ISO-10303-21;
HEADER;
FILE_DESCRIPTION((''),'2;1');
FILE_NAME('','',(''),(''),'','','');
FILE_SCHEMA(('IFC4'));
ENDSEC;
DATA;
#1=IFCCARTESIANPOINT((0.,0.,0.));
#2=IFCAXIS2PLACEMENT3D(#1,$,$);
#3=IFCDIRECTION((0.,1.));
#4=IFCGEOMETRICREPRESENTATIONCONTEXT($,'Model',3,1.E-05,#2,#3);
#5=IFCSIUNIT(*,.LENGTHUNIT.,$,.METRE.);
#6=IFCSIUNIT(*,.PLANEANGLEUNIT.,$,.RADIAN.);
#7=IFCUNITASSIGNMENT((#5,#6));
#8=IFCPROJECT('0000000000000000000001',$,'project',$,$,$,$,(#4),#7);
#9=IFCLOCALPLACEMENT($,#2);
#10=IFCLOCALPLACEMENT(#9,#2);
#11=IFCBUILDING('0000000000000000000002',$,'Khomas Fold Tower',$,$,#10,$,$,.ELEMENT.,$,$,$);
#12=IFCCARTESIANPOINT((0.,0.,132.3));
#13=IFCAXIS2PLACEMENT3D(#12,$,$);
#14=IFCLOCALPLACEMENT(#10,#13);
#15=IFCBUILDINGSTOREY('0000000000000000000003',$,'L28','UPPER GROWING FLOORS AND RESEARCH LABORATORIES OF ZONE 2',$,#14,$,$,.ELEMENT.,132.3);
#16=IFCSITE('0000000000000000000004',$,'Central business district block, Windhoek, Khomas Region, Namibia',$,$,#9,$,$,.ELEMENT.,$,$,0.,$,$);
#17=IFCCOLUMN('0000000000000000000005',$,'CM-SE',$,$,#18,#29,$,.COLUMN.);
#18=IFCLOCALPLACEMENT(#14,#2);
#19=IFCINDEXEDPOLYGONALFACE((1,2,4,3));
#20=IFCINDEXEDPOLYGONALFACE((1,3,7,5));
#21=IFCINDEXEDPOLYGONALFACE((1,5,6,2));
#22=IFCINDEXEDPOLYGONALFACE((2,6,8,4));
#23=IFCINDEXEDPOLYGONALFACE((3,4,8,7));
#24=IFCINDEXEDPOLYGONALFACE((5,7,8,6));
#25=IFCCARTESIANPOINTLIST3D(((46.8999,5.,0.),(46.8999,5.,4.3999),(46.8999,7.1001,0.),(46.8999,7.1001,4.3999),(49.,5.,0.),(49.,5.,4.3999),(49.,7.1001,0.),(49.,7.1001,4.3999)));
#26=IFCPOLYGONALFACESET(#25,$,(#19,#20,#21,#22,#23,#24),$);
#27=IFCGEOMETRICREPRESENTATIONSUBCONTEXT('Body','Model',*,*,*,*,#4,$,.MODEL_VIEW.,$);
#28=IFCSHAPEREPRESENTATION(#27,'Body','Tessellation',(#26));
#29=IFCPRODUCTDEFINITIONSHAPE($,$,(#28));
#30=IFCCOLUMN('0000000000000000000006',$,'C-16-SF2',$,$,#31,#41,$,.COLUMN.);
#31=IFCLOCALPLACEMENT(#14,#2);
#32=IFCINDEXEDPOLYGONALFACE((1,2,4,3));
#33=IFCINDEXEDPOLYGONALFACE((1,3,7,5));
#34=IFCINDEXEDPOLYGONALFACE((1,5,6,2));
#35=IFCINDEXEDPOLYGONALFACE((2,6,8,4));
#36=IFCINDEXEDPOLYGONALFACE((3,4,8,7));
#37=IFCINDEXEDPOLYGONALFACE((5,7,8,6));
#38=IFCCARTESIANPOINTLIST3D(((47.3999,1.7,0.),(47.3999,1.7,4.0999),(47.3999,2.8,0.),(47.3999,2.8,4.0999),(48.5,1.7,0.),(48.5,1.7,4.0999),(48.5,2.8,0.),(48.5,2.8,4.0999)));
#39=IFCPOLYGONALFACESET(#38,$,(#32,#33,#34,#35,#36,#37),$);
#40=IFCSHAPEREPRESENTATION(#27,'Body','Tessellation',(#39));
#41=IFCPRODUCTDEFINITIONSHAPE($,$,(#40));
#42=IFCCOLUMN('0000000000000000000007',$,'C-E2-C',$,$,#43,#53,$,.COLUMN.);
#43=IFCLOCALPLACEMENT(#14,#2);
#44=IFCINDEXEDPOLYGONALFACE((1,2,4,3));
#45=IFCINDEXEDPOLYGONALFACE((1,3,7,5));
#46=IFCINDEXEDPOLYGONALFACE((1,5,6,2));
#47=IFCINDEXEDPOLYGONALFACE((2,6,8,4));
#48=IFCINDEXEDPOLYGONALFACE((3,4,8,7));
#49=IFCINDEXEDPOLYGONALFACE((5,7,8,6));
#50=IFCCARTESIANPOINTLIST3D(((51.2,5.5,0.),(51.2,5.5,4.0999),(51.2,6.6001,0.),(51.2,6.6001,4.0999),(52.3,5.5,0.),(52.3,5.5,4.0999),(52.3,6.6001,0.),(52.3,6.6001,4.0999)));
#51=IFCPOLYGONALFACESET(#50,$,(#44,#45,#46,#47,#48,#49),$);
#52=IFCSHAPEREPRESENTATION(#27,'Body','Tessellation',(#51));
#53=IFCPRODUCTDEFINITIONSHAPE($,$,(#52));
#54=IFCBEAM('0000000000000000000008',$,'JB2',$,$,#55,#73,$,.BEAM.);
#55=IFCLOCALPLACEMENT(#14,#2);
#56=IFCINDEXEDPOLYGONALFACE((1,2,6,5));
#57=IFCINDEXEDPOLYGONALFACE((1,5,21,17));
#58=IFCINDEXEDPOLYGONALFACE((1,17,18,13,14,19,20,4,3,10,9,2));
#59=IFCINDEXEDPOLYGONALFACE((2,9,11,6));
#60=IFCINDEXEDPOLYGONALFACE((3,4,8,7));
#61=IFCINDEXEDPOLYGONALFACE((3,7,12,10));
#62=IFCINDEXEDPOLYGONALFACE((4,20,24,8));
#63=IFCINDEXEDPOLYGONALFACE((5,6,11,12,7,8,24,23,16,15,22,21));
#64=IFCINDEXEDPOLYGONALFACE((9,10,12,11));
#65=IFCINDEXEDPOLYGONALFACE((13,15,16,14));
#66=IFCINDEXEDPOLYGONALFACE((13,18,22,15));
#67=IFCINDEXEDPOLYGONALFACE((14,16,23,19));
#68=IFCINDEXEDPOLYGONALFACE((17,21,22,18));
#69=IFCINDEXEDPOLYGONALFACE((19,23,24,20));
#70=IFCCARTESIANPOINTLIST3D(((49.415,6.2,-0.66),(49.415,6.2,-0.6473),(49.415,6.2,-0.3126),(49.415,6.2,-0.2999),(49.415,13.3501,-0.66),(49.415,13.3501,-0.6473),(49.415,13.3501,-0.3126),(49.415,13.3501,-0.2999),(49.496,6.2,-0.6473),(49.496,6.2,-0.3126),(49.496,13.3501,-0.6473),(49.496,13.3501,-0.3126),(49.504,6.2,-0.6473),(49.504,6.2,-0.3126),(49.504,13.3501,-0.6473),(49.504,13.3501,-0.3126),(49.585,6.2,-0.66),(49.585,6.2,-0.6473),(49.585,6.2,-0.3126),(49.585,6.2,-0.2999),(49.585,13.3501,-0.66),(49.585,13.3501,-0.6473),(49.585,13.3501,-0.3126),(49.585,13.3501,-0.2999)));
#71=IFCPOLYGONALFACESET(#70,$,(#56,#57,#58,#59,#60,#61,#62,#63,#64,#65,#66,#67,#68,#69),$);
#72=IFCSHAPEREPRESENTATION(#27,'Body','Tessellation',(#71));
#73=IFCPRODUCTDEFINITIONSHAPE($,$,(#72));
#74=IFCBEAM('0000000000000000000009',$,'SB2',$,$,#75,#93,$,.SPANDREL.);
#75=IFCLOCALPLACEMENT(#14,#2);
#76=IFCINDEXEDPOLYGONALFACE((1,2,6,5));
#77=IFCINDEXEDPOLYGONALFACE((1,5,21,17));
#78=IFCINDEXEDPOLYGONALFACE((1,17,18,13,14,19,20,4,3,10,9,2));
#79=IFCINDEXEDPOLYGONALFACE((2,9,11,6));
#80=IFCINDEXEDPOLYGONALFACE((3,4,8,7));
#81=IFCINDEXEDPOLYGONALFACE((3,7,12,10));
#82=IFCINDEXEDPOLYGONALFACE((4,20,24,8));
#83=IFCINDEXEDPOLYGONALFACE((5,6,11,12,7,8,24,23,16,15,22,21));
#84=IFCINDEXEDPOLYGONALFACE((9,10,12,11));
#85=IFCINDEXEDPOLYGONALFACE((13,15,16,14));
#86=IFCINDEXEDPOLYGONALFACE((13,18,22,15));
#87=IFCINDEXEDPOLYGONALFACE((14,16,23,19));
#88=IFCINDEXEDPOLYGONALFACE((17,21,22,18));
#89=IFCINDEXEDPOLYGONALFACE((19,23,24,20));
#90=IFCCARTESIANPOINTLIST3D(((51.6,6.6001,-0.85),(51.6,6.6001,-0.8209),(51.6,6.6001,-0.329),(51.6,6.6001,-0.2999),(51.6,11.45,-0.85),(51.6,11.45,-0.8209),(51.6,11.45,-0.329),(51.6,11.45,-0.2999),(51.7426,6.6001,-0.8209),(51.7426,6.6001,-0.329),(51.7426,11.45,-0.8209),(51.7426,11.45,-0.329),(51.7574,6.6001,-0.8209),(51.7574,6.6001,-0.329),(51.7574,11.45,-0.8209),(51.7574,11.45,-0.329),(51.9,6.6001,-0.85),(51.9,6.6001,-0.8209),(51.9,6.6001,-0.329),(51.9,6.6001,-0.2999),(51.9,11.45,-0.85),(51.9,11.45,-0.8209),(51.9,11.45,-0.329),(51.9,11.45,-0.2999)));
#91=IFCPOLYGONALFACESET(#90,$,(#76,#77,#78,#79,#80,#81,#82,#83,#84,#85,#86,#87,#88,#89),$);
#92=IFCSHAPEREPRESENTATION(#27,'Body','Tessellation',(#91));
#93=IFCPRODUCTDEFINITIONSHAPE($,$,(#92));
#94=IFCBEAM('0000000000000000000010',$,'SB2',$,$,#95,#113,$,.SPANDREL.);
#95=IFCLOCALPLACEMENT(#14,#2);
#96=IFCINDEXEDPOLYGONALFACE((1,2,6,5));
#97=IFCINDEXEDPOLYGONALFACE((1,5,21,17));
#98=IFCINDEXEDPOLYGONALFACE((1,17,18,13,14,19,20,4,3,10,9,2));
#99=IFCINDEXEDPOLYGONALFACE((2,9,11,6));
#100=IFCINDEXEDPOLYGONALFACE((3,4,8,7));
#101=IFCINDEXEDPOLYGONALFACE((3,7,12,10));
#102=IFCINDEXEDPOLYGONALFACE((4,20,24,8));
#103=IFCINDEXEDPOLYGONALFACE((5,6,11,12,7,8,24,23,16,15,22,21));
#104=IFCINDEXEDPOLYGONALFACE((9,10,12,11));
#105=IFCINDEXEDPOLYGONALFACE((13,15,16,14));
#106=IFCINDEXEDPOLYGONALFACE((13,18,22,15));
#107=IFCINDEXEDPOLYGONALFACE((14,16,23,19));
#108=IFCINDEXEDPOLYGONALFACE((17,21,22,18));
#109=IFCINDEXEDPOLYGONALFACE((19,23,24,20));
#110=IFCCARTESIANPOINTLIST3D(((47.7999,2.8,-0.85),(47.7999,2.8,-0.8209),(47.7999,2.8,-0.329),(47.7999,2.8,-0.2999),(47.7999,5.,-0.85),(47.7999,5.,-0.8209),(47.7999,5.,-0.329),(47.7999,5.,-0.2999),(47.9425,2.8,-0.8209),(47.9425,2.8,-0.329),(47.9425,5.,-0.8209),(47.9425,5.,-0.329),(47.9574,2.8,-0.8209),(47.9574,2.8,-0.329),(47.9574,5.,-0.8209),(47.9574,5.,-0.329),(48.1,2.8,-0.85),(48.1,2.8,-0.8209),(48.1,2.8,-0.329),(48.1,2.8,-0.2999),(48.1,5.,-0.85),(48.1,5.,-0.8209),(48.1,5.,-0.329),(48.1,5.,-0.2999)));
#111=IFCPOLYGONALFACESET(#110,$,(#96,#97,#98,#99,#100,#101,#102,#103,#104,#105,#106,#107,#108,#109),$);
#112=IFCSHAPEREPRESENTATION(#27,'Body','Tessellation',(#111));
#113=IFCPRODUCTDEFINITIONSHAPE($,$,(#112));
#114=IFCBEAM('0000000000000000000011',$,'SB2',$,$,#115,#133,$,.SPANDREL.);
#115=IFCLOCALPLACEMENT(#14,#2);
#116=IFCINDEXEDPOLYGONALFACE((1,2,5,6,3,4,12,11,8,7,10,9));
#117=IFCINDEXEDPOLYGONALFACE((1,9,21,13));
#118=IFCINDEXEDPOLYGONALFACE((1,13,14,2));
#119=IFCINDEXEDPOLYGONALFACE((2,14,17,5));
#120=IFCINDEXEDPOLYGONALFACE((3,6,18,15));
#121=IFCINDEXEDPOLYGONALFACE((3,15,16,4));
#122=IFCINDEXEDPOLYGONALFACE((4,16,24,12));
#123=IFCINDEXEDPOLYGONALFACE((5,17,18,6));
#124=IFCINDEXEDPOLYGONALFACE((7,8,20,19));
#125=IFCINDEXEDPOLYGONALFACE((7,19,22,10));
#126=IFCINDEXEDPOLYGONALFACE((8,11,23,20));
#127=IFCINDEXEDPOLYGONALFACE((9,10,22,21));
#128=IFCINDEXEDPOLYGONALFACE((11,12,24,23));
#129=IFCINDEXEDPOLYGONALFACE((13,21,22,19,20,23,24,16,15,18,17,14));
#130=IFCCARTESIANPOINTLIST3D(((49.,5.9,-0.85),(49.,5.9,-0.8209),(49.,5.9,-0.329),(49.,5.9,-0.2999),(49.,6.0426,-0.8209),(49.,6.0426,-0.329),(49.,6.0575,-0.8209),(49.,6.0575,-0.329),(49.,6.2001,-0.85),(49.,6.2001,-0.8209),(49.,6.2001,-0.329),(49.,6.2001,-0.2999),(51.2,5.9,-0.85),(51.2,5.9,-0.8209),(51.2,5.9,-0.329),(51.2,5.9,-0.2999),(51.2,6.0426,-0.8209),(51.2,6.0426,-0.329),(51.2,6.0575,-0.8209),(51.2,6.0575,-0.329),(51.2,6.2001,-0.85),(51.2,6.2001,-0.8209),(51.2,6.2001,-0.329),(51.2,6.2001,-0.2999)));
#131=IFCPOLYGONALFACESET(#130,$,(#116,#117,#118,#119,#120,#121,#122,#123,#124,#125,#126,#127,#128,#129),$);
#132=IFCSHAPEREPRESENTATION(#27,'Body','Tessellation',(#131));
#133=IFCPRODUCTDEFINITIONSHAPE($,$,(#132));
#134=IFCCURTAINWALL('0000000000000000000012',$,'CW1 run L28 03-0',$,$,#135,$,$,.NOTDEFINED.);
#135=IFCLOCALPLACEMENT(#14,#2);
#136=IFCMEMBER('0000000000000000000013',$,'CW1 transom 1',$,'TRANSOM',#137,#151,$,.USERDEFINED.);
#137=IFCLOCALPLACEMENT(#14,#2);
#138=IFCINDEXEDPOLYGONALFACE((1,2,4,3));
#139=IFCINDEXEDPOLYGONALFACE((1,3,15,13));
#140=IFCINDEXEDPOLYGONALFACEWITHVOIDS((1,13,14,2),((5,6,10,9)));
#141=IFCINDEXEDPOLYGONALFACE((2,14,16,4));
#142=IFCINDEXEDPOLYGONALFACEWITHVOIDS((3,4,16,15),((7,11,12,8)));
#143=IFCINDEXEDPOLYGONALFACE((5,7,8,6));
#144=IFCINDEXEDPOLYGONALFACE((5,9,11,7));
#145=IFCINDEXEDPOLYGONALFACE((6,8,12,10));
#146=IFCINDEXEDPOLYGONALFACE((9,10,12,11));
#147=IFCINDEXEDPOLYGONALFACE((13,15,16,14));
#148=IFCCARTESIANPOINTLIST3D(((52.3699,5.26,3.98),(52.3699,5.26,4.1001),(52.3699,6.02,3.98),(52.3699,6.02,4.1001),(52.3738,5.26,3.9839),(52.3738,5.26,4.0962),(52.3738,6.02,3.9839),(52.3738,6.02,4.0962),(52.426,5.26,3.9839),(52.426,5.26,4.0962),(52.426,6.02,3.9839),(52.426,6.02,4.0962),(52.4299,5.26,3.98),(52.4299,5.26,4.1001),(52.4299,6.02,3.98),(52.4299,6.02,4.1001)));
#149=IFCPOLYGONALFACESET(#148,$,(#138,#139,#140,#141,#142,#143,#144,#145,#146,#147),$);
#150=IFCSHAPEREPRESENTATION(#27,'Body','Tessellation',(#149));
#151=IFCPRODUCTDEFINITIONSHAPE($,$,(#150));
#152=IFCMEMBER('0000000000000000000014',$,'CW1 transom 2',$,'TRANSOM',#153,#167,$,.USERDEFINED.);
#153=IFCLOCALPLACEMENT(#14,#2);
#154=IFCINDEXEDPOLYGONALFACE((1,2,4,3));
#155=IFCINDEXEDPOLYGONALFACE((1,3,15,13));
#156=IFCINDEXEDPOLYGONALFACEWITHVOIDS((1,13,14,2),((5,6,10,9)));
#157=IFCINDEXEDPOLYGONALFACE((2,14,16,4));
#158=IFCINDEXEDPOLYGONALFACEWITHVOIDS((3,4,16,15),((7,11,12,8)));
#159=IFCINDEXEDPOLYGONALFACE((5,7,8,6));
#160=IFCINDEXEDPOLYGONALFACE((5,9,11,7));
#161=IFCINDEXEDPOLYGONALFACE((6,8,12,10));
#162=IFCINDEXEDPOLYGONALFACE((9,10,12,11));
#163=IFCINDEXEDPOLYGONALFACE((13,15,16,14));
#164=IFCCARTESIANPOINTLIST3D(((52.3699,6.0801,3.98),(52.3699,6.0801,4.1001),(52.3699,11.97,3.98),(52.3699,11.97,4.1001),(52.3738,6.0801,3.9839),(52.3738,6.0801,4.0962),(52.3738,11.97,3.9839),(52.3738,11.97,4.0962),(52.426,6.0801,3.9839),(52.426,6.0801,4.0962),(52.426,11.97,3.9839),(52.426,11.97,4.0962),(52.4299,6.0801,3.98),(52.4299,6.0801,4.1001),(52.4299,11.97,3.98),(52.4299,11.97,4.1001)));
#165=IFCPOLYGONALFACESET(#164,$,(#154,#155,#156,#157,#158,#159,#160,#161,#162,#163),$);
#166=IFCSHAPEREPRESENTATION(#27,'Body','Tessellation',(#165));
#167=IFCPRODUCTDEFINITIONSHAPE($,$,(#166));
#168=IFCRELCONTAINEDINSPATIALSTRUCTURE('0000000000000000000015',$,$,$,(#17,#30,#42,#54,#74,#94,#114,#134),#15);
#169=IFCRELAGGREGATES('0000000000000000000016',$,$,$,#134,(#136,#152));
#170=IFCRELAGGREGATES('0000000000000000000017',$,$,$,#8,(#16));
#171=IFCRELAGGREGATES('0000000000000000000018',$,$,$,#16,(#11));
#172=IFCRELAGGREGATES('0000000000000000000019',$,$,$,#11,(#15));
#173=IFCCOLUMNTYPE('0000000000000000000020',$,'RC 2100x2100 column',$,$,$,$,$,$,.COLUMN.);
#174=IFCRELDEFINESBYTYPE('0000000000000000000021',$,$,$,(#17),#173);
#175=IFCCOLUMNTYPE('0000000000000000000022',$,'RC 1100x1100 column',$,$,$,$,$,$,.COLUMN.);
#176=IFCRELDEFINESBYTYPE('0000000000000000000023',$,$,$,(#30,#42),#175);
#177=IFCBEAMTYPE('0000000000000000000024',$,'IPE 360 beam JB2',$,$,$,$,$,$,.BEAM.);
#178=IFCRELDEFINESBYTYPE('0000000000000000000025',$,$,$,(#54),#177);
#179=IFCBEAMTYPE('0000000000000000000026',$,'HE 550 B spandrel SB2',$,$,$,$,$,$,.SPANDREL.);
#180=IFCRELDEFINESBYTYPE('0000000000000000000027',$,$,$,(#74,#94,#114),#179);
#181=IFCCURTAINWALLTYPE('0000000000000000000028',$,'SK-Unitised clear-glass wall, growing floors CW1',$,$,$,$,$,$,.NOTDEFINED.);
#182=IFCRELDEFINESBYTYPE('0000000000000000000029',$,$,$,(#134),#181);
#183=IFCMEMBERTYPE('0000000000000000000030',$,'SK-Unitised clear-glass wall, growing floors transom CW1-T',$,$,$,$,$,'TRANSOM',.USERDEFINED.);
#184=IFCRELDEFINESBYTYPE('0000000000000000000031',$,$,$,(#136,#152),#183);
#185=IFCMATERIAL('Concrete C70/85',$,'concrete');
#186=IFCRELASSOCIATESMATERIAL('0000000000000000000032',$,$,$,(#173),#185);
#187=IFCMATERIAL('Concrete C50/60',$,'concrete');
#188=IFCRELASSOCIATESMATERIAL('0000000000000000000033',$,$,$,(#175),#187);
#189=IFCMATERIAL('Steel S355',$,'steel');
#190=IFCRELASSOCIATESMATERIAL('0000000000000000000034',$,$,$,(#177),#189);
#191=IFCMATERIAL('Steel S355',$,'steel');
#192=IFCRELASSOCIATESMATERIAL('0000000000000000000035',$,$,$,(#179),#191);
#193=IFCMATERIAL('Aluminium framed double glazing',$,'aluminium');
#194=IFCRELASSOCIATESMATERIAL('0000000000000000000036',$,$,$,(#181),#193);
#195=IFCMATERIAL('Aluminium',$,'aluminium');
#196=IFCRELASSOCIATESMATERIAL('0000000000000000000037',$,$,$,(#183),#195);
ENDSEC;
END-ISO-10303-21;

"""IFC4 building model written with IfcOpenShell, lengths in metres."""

from ifc_helpers import new_model, si_unit, direction, frame, origin, origin_2d, place, context, subcontext, project, spatial, rectangle, hollow_rectangle, i_section, extrude, source, transform, mapped, material, material_profile, profile_set, type_object, element, aggregate, save


model = new_model("IFC4")

# Units and contexts
model_context = context("Model", 3, precision=1e-05, world=origin(), true_north=direction((0.0, 1.0)))
body_context = subcontext(model_context, "Body", "Model", "MODEL_VIEW")
ifc_project = project(units=[si_unit("LENGTHUNIT", "METRE"), si_unit("PLANEANGLEUNIT", "RADIAN")], contexts=[model_context])

# Site, building, storey
site_placement = place(None, origin())
site = spatial("IfcSite", under=ifc_project, at=site_placement, Name="Central business district block, Windhoek, Khomas Region, Namibia", CompositionType="ELEMENT", RefElevation=0.0)
building_placement = place(site_placement, origin())
building = spatial("IfcBuilding", under=site, at=building_placement, Name="Khomas Fold Tower", CompositionType="ELEMENT")
storey_placement = place(building_placement, frame((0.0, 0.0, 132.3)))
storey = spatial("IfcBuildingStorey", under=building, at=storey_placement, Name="L28", Description="UPPER GROWING FLOORS AND RESEARCH LABORATORIES OF ZONE 2", CompositionType="ELEMENT", Elevation=132.3)

# Columns
ifc_material_1 = material(Name="Concrete C70/85", Category="concrete")
ifc_material_profile_1 = material_profile(ifc_material_1, rectangle(XDim=2.1001, YDim=2.1001, at=origin_2d()), Name="RC 2100x2100")
ifc_profile_set_1 = profile_set([ifc_material_profile_1], Name="Concrete C70/85")
column_type_1 = type_object("IfcColumnType", Name="RC 2100x2100 column", PredefinedType="COLUMN", material=ifc_profile_set_1)
shared_shape_1 = source(origin(), body_context, "Body", "SweptSolid", [
    extrude(rectangle(XDim=2.1001, YDim=2.1001, at=origin_2d()), origin(), (0.0, 0.0, 1.0), 4.3999),
])
column_placement = place(storey_placement, frame((47.95, 6.05, 0.0), z_axis=(0.0, 0.0, 1.0), x_axis=(1.0, 0.0, 0.0)))
element("IfcColumn", 1, at=column_placement, inside=storey, type_object=column_type_1, Name="CM-SE", PredefinedType="COLUMN", context=body_context, shape_type="MappedRepresentation", body=[
    mapped(shared_shape_1, transform((0.0, 0.0, 0.0))),
])
ifc_material_2 = material(Name="Concrete C50/60", Category="concrete")
ifc_material_profile_2 = material_profile(ifc_material_2, rectangle(XDim=1.1001, YDim=1.1001, at=origin_2d()), Name="RC 1100x1100")
ifc_profile_set_2 = profile_set([ifc_material_profile_2], Name="Concrete C50/60")
column_type_2 = type_object("IfcColumnType", Name="RC 1100x1100 column", PredefinedType="COLUMN", material=ifc_profile_set_2)
shared_shape_2 = source(origin(), body_context, "Body", "SweptSolid", [
    extrude(rectangle(XDim=1.1001, YDim=1.1001, at=origin_2d()), origin(), (0.0, 0.0, 1.0), 4.0999),
])
for number, where, z_axis, x_axis, name in (
    (2, (47.95, 2.25, 0.0), (0.0, 0.0, 1.0), (1.0, 0.0, 0.0), "C-16-SF2"),
    (3, (51.75, 6.05, 0.0), (0.0, 0.0, 1.0), (1.0, 0.0, 0.0), "C-E2-C"),
):
    element("IfcColumn", number, at=place(storey_placement, frame(where, z_axis=z_axis, x_axis=x_axis)), inside=storey, type_object=column_type_2, Name=name, PredefinedType="COLUMN", context=body_context, shape_type="MappedRepresentation", body=[
        mapped(shared_shape_2, transform((0.0, 0.0, 0.0))),
    ])

# Beams
ifc_material_3 = material(Name="Steel S355", Category="steel")
ifc_material_profile_3 = material_profile(ifc_material_3, i_section(OverallWidth=0.1699, OverallDepth=0.3601, WebThickness=0.0081, FlangeThickness=0.0127, at=origin_2d()), Name="IPE 360")
ifc_profile_set_3 = profile_set([ifc_material_profile_3], Name="Steel S355")
beam_type_1 = type_object("IfcBeamType", Name="IPE 360 beam JB2", PredefinedType="BEAM", material=ifc_profile_set_3)
shared_shape_3 = source(origin(), body_context, "Body", "SweptSolid", [
    extrude(i_section(OverallWidth=0.1699, OverallDepth=0.3601, WebThickness=0.0081, FlangeThickness=0.0127, at=origin_2d()), origin(), (0.0, 0.0, 1.0), 7.1501),
])
beam_1_placement = place(storey_placement, frame((49.5, 6.2, -0.48), z_axis=(0.0, 1.0, 0.0), x_axis=(-1.0, 0.0, 0.0)))
element("IfcBeam", 4, at=beam_1_placement, inside=storey, type_object=beam_type_1, Name="JB2", PredefinedType="BEAM", context=body_context, shape_type="MappedRepresentation", body=[
    mapped(shared_shape_3, transform((0.0, 0.0, 0.0))),
])
ifc_material_4 = material(Name="Steel S355", Category="steel")
ifc_material_profile_4 = material_profile(ifc_material_4, i_section(OverallWidth=0.3, OverallDepth=0.55, WebThickness=0.0149, FlangeThickness=0.0291, at=origin_2d()), Name="HE 550 B")
ifc_profile_set_4 = profile_set([ifc_material_profile_4], Name="Steel S355")
beam_type_2 = type_object("IfcBeamType", Name="HE 550 B spandrel SB2", PredefinedType="SPANDREL", material=ifc_profile_set_4)
shared_shape_4 = source(origin(), body_context, "Body", "SweptSolid", [
    extrude(i_section(OverallWidth=0.3, OverallDepth=0.55, WebThickness=0.0149, FlangeThickness=0.0291, at=origin_2d()), origin(), (0.0, 0.0, 1.0), 4.8499),
])
beam_2_placement = place(storey_placement, frame((51.75, 6.6001, -0.575), z_axis=(0.0, 1.0, 0.0), x_axis=(-1.0, 0.0, 0.0)))
element("IfcBeam", 5, at=beam_2_placement, inside=storey, type_object=beam_type_2, Name="SB2", PredefinedType="SPANDREL", context=body_context, shape_type="MappedRepresentation", body=[
    mapped(shared_shape_4, transform((0.0, 0.0, 0.0))),
])
shared_shape_5 = source(origin(), body_context, "Body", "SweptSolid", [
    extrude(i_section(OverallWidth=0.3, OverallDepth=0.55, WebThickness=0.0149, FlangeThickness=0.0291, at=origin_2d()), origin(), (0.0, 0.0, 1.0), 2.2),
])
for number, where, z_axis, x_axis, name in (
    (6, (47.95, 2.8, -0.575), (0.0, 1.0, 0.0), (-1.0, 0.0, 0.0), "SB2"),
    (7, (49.0, 6.05, -0.575), (1.0, 0.0, 0.0), (0.0, 1.0, 0.0), "SB2"),
):
    element("IfcBeam", number, at=place(storey_placement, frame(where, z_axis=z_axis, x_axis=x_axis)), inside=storey, type_object=beam_type_2, Name=name, PredefinedType="SPANDREL", context=body_context, shape_type="MappedRepresentation", body=[
        mapped(shared_shape_5, transform((0.0, 0.0, 0.0))),
    ])

# Curtain wall, members
ifc_material_5 = material(Name="Aluminium framed double glazing", Category="aluminium")
curtain_wall_type = type_object("IfcCurtainWallType", Name="SK-Unitised clear-glass wall, growing floors CW1", PredefinedType="NOTDEFINED", material=ifc_material_5)
curtain_wall_1_placement = place(storey_placement, origin())
curtain_wall_1 = element("IfcCurtainWall", 8, at=curtain_wall_1_placement, inside=storey, type_object=curtain_wall_type, Name="CW1 run L28 03-0", PredefinedType="NOTDEFINED")
ifc_material_6 = material(Name="Aluminium", Category="aluminium")
ifc_material_profile_5 = material_profile(ifc_material_6, hollow_rectangle(XDim=0.0601, YDim=0.1201, WallThickness=0.0039, at=origin_2d()), Name="SK-Unitised clear-glass wall, growing floors transom CW1-T")
ifc_profile_set_5 = profile_set([ifc_material_profile_5], Name="Aluminium")
member_type_1 = type_object("IfcMemberType", Name="SK-Unitised clear-glass wall, growing floors transom CW1-T", ElementType="TRANSOM", PredefinedType="USERDEFINED", material=ifc_profile_set_5)
shared_shape_6 = source(origin(), body_context, "Body", "SweptSolid", [
    extrude(hollow_rectangle(XDim=0.0601, YDim=0.1201, WallThickness=0.0039, at=origin_2d()), origin(), (0.0, 0.0, 1.0), 0.76),
])
member_1_placement = place(storey_placement, frame((52.3999, 5.26, 4.04), z_axis=(0.0, 1.0, 0.0), x_axis=(-1.0, 0.0, 0.0)))
member_1 = element("IfcMember", 9, at=member_1_placement, type_object=member_type_1, Name="CW1 transom 1", ObjectType="TRANSOM", PredefinedType="USERDEFINED", context=body_context, shape_type="MappedRepresentation", body=[
    mapped(shared_shape_6, transform((0.0, 0.0, 0.0))),
])
shared_shape_7 = source(origin(), body_context, "Body", "SweptSolid", [
    extrude(hollow_rectangle(XDim=0.0601, YDim=0.1201, WallThickness=0.0039, at=origin_2d()), origin(), (0.0, 0.0, 1.0), 5.8899),
])
member_2_placement = place(storey_placement, frame((52.3999, 6.0801, 4.04), z_axis=(0.0, 1.0, 0.0), x_axis=(-1.0, 0.0, 0.0)))
member_2 = element("IfcMember", 10, at=member_2_placement, type_object=member_type_1, Name="CW1 transom 2", ObjectType="TRANSOM", PredefinedType="USERDEFINED", context=body_context, shape_type="MappedRepresentation", body=[
    mapped(shared_shape_7, transform((0.0, 0.0, 0.0))),
])

aggregate(curtain_wall_1, [member_1, member_2])

save(model, "model.ifc")
